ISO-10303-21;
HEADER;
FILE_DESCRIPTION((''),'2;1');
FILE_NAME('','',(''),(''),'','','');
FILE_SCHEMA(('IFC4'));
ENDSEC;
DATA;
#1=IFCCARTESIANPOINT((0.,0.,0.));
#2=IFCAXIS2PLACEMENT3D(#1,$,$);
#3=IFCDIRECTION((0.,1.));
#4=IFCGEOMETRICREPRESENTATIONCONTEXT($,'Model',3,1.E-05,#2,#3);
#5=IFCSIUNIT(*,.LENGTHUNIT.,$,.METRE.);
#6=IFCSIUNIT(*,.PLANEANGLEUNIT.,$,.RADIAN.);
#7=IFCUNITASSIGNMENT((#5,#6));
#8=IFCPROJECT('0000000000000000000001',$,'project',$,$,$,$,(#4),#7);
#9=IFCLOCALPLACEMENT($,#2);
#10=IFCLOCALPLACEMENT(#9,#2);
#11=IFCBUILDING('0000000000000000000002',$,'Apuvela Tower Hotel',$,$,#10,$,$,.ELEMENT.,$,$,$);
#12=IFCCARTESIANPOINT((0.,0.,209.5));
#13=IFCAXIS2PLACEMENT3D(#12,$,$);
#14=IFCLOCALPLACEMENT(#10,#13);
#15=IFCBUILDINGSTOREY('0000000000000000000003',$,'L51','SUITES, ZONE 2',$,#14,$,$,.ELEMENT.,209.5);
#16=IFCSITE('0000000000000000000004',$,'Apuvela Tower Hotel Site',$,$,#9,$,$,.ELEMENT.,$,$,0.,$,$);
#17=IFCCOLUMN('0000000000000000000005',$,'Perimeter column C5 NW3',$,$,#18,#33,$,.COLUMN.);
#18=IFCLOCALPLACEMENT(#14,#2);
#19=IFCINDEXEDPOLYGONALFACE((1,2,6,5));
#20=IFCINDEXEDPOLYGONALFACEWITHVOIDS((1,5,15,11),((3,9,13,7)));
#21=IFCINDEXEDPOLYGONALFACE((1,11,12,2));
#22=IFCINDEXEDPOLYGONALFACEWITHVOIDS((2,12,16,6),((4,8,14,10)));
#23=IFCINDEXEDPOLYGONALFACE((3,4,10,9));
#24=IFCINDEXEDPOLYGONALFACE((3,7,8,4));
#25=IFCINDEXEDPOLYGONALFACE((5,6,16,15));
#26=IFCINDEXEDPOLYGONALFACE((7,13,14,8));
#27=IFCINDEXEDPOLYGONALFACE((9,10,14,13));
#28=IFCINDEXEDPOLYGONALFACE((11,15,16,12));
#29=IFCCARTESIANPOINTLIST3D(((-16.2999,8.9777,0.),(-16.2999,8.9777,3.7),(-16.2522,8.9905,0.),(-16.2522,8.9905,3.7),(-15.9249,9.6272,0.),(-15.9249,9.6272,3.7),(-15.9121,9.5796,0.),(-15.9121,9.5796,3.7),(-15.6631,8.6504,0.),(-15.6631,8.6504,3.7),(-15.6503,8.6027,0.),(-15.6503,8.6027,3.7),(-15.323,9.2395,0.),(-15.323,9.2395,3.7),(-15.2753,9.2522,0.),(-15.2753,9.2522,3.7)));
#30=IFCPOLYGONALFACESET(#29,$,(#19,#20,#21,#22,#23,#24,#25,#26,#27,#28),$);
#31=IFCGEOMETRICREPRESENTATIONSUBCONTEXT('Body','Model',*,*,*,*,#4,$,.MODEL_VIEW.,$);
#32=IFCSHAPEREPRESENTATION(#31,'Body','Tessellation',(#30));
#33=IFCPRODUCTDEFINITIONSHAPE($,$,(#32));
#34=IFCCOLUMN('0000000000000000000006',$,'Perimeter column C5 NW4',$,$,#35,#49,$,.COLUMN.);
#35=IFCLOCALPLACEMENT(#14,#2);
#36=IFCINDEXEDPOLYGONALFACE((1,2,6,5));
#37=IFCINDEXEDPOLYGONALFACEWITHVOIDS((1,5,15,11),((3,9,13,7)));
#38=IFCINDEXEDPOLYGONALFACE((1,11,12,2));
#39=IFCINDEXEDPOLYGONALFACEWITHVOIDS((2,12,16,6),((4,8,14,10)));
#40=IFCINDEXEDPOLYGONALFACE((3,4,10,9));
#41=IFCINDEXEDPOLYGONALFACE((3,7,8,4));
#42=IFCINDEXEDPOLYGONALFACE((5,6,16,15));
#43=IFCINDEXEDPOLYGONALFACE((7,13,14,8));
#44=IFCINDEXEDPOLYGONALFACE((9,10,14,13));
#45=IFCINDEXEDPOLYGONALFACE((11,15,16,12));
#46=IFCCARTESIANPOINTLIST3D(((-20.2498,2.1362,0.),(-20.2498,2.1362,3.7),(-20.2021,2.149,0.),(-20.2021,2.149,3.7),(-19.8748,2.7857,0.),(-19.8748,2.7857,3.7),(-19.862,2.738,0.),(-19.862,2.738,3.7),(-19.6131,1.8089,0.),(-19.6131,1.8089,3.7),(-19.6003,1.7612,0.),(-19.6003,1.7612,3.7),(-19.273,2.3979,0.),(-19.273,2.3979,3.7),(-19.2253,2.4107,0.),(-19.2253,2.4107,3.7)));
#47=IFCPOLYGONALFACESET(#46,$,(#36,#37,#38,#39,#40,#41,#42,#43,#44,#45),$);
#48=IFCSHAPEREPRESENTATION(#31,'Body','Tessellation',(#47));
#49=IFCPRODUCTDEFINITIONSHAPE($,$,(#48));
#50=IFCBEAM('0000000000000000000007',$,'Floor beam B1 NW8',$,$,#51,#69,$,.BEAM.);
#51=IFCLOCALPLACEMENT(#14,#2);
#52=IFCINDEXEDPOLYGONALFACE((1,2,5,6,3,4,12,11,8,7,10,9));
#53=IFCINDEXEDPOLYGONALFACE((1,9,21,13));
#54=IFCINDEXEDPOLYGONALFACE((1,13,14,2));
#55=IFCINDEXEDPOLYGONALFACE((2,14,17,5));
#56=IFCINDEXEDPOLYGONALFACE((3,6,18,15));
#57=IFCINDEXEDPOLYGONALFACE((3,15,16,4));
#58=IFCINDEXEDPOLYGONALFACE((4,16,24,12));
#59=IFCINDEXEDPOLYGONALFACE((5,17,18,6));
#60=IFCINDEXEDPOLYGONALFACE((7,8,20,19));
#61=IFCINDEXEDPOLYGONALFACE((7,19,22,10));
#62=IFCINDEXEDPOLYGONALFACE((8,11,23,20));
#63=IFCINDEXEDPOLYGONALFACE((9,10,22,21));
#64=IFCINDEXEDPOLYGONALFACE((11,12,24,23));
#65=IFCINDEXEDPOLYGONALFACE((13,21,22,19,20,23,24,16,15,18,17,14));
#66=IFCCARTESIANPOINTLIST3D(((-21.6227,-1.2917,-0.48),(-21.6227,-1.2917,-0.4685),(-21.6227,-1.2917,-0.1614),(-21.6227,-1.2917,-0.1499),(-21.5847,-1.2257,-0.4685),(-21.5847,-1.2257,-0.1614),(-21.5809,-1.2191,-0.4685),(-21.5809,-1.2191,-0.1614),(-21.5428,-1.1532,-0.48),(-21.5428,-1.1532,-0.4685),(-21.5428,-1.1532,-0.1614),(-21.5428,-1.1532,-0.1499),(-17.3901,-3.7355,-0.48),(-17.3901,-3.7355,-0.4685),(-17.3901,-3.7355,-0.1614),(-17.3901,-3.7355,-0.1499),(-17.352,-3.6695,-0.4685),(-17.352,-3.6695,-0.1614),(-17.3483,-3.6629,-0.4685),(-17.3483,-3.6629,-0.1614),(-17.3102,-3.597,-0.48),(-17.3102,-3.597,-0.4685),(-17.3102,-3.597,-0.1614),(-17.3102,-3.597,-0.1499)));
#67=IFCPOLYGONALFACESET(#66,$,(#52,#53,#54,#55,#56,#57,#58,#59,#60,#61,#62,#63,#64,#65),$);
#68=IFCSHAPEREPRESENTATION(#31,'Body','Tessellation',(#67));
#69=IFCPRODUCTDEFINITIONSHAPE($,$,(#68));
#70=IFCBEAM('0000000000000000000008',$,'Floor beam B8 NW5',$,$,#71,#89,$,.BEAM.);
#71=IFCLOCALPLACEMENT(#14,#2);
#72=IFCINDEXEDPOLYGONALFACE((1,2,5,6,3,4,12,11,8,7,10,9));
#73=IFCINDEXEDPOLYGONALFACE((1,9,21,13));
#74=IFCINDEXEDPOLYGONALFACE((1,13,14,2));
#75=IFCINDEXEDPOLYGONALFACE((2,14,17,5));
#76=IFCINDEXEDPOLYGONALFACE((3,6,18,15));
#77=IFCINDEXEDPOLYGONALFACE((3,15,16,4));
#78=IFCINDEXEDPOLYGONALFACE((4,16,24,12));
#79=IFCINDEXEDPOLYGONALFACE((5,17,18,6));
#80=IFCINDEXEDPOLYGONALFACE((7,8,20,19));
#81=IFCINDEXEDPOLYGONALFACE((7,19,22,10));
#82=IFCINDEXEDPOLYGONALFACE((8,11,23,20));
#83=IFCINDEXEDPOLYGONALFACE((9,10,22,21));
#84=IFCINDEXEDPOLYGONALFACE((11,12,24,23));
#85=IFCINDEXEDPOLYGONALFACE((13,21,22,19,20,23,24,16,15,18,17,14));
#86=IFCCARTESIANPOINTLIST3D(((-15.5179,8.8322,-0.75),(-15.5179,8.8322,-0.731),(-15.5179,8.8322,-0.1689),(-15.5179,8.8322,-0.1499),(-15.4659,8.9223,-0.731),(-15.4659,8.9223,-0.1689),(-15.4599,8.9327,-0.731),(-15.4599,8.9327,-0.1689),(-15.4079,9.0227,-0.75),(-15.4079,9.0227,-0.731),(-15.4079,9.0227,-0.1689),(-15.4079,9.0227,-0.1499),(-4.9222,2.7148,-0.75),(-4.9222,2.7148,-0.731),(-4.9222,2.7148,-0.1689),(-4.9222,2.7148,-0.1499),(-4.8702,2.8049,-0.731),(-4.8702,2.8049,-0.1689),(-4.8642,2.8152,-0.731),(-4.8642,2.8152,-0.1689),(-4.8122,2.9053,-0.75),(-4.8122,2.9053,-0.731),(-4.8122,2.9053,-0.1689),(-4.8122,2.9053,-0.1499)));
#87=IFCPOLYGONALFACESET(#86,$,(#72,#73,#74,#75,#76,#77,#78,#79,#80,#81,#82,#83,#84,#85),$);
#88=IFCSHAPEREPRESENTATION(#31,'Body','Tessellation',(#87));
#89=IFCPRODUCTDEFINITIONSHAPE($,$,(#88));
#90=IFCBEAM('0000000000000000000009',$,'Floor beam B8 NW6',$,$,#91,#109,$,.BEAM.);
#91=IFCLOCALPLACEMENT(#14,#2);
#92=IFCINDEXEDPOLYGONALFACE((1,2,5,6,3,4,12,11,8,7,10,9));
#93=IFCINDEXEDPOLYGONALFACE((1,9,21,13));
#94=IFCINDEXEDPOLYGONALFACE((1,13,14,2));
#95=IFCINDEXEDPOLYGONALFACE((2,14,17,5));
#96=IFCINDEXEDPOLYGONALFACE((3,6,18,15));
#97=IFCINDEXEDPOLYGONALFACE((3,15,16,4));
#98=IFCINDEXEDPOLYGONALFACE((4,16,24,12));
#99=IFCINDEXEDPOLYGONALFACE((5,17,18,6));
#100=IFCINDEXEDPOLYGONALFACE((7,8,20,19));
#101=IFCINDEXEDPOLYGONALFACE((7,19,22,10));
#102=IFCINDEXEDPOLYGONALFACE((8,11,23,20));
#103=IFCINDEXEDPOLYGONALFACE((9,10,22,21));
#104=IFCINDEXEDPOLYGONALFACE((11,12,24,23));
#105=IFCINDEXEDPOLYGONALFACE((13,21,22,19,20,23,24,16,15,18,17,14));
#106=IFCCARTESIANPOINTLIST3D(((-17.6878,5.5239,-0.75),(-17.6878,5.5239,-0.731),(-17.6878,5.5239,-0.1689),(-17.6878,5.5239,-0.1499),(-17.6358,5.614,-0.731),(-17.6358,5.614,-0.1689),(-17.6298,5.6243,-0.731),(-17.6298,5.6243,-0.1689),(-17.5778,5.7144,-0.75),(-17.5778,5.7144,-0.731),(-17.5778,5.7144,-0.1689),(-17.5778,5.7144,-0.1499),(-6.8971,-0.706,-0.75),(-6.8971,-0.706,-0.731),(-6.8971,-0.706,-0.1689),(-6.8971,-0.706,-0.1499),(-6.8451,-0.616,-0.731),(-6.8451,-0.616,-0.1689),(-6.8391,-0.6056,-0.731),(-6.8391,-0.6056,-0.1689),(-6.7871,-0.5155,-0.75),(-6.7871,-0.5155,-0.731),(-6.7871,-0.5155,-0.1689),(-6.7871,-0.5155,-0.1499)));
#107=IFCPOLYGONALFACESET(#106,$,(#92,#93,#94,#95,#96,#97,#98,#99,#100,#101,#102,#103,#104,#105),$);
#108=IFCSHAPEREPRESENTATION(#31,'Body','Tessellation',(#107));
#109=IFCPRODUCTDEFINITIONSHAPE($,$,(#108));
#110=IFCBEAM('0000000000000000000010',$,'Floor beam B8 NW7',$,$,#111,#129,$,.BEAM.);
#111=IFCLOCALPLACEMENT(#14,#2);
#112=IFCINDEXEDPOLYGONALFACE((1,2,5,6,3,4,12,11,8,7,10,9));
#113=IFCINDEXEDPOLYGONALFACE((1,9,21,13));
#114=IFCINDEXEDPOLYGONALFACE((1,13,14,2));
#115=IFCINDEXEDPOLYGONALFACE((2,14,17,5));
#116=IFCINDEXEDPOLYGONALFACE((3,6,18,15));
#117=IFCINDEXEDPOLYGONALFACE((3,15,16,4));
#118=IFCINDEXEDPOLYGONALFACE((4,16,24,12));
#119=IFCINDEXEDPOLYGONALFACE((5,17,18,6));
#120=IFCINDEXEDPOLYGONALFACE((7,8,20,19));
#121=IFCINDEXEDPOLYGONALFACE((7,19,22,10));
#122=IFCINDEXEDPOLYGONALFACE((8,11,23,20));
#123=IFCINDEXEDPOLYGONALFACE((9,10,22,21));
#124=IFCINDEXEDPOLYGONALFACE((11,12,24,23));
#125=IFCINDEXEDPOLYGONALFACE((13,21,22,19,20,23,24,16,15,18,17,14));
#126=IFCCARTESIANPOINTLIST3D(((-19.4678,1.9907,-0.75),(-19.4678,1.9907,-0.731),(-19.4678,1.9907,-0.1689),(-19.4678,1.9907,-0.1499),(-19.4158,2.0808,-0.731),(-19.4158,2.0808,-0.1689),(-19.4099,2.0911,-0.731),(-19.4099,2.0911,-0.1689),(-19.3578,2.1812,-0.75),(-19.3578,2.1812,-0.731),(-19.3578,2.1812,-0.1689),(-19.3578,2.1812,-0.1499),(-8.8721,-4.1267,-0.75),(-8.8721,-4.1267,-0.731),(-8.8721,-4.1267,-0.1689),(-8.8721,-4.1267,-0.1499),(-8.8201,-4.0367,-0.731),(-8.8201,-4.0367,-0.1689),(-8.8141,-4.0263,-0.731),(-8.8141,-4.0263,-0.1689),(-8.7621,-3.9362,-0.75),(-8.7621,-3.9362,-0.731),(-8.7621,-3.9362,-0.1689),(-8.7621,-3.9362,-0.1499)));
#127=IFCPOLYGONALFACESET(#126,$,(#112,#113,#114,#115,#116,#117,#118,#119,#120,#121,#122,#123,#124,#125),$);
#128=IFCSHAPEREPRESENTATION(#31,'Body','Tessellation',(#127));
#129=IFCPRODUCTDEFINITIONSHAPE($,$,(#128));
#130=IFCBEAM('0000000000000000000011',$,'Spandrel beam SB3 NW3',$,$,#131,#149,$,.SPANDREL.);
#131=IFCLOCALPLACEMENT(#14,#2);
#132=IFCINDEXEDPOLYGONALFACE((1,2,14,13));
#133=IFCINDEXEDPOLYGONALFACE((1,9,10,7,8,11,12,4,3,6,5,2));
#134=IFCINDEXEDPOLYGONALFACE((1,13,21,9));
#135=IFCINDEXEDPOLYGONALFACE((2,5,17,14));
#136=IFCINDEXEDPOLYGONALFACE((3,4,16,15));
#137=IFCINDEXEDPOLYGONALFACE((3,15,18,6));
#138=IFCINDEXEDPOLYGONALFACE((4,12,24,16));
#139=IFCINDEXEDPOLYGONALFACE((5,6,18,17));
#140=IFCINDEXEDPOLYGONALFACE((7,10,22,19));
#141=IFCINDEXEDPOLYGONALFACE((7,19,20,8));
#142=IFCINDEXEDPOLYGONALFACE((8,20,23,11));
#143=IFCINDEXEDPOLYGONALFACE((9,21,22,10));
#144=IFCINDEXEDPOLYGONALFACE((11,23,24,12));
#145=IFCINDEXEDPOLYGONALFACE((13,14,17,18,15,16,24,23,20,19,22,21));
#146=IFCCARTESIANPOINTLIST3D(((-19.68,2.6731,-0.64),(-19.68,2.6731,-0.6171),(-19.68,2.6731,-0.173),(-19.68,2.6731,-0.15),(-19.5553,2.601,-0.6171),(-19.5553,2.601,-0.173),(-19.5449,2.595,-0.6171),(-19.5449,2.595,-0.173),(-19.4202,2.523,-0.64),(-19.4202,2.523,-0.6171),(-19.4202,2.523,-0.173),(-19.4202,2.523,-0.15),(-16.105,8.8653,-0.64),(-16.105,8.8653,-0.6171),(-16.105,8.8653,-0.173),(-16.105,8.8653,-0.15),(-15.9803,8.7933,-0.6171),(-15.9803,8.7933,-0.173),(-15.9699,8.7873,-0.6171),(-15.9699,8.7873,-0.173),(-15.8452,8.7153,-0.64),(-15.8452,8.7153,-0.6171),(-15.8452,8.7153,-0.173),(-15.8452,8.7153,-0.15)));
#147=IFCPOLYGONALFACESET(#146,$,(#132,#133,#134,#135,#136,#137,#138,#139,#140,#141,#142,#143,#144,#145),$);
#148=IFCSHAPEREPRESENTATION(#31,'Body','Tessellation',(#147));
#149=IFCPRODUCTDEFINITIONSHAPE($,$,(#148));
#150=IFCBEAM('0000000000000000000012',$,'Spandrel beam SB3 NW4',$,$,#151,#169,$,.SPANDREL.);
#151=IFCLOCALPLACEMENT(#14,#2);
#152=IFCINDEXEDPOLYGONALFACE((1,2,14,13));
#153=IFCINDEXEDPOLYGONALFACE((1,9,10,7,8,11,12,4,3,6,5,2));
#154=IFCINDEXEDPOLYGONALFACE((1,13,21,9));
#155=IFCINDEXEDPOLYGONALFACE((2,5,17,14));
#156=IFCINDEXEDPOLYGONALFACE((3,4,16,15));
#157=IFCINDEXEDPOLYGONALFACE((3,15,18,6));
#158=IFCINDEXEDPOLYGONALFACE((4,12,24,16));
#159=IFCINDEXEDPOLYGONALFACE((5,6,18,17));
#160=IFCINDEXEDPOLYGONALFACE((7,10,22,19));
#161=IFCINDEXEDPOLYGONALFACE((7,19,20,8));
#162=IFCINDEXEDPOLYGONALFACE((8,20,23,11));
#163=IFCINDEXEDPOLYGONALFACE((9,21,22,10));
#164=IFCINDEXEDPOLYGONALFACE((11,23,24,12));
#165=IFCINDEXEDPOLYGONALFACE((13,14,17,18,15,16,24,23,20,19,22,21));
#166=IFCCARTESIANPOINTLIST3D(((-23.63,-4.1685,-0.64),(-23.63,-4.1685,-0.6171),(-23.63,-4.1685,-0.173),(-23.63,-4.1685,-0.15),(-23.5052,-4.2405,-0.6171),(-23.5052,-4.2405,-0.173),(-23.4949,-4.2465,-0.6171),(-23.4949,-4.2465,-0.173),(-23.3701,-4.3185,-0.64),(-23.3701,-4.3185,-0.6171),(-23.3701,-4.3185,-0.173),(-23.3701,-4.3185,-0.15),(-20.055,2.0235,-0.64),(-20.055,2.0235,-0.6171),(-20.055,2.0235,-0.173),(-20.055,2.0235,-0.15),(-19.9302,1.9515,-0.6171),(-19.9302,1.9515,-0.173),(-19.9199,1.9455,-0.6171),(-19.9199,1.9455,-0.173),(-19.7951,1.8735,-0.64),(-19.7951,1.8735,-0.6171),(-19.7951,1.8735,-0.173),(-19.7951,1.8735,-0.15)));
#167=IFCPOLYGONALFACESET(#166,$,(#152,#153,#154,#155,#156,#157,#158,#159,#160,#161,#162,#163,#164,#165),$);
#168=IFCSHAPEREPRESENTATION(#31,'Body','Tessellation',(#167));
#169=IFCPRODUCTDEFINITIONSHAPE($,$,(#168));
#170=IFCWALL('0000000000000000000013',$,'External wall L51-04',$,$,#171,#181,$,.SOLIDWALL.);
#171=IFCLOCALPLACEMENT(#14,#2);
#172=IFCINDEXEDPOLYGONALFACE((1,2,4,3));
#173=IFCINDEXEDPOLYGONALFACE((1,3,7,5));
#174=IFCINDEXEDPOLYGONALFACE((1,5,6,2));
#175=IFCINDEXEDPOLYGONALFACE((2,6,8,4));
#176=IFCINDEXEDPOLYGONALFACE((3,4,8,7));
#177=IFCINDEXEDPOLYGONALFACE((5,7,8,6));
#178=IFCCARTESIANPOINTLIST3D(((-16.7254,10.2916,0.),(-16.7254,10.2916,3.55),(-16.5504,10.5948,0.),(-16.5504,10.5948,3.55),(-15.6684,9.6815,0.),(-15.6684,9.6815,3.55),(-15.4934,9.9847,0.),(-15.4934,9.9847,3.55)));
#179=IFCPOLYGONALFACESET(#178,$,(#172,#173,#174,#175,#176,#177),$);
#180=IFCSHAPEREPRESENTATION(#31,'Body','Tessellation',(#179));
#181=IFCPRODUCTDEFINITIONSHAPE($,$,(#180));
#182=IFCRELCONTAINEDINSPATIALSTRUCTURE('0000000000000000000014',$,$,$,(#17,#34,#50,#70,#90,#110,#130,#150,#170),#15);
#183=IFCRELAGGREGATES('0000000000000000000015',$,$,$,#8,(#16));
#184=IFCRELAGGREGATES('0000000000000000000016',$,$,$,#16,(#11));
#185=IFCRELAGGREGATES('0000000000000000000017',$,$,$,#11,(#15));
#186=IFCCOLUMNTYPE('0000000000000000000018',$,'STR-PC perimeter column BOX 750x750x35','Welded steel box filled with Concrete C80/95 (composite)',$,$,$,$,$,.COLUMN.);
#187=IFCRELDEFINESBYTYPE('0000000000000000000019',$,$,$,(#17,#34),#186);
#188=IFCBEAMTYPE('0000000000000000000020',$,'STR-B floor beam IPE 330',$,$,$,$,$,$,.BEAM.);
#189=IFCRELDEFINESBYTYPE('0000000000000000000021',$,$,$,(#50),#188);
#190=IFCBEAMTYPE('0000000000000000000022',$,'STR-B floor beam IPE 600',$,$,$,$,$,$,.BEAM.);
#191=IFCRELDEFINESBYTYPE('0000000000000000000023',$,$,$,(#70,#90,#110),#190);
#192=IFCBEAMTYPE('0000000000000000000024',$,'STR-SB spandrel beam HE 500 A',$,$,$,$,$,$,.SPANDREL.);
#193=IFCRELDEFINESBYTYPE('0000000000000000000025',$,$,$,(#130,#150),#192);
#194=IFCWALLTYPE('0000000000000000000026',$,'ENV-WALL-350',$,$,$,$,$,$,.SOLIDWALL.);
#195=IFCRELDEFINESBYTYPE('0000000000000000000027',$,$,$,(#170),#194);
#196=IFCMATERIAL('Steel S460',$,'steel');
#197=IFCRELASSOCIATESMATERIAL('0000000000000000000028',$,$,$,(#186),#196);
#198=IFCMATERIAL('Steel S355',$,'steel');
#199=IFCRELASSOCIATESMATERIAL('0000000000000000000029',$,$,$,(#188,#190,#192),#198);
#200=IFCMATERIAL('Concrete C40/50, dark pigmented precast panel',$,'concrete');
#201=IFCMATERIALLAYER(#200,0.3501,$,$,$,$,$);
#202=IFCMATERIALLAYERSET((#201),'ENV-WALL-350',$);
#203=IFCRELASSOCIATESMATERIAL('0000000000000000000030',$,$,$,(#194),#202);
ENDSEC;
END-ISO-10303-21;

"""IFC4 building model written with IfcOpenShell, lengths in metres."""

from ifc_helpers import new_model, si_unit, direction, frame, frame_2d, origin, origin_2d, place, context, subcontext, project, spatial, rectangle, hollow_rectangle, i_section, extrude, material, layer, layer_set, material_profile, profile_set, type_object, element, save


model = new_model("IFC4")

# Units and contexts
model_context = context("Model", 3, precision=1e-05, world=origin(), true_north=direction((0.0, 1.0)))
body_context = subcontext(model_context, "Body", "Model", "MODEL_VIEW")
ifc_project = project(units=[si_unit("LENGTHUNIT", "METRE"), si_unit("PLANEANGLEUNIT", "RADIAN")], contexts=[model_context])

# Site, building, storey
site_placement = place(None, origin())
site = spatial("IfcSite", under=ifc_project, at=site_placement, Name="Apuvela Tower Hotel Site", CompositionType="ELEMENT", RefElevation=0.0)
building_placement = place(site_placement, origin())
building = spatial("IfcBuilding", under=site, at=building_placement, Name="Apuvela Tower Hotel", CompositionType="ELEMENT")
storey_placement = place(building_placement, frame((0.0, 0.0, 209.5)))
storey = spatial("IfcBuildingStorey", under=building, at=storey_placement, Name="L51", Description="SUITES, ZONE 2", CompositionType="ELEMENT", Elevation=209.5)

# Columns
ifc_material_1 = material(Name="Steel S460", Category="steel")
ifc_material_profile_1 = material_profile(ifc_material_1, hollow_rectangle(XDim=0.75, YDim=0.75, WallThickness=0.0349, at=origin_2d()), Name="BOX 750x750x35")
ifc_material_2 = material(Name="Concrete C80/95", Category="concrete")
ifc_material_profile_2 = material_profile(ifc_material_2, rectangle(XDim=0.6799, YDim=0.6799, at=origin_2d()), Name="Concrete C80/95 infill")
ifc_profile_set_1 = profile_set([ifc_material_profile_1, ifc_material_profile_2], Name="Steel S460")
column_type = type_object("IfcColumnType", Name="STR-PC perimeter column BOX 750x750x35", Description="Welded steel box filled with Concrete C80/95 (composite)", PredefinedType="COLUMN", material=ifc_profile_set_1)
for number, where, z_axis, x_axis, name in (
    (1, (-15.7876, 9.115, 0.0), (0.0, 0.0, 1.0), (0.5, 0.866025, 0.0), "Perimeter column C5 NW3"),
    (2, (-19.7375, 2.2734, 0.0), (0.0, 0.0, 1.0), (0.5, 0.866025, 0.0), "Perimeter column C5 NW4"),
):
    element("IfcColumn", number, at=place(storey_placement, frame(where, z_axis=z_axis, x_axis=x_axis)), inside=storey, type_object=column_type, Name=name, PredefinedType="COLUMN", context=body_context, shape_type="SweptSolid", body=[
        extrude(hollow_rectangle(XDim=0.75, YDim=0.75, WallThickness=0.0349, at=origin_2d()), origin(), (0.0, 0.0, 1.0), 3.7),
    ])

# Beams
ifc_material_3 = material(Name="Steel S355", Category="steel")
ifc_material_profile_3 = material_profile(ifc_material_3, i_section(OverallWidth=0.1599, OverallDepth=0.3301, WebThickness=0.0076, FlangeThickness=0.0115, at=origin_2d()), Name="IPE 330")
ifc_profile_set_2 = profile_set([ifc_material_profile_3], Name="Steel S355")
beam_type_1 = type_object("IfcBeamType", Name="STR-B floor beam IPE 330", PredefinedType="BEAM", material=ifc_profile_set_2)
beam_1_placement = place(storey_placement, frame((-21.5828, -1.2224, -0.3149), z_axis=(0.866015, -0.500018, 0.0), x_axis=(0.500018, 0.866015, 0.0)))
element("IfcBeam", 3, at=beam_1_placement, inside=storey, type_object=beam_type_1, Name="Floor beam B1 NW8", PredefinedType="BEAM", context=body_context, shape_type="SweptSolid", body=[
    extrude(i_section(OverallWidth=0.1599, OverallDepth=0.3301, WebThickness=0.0076, FlangeThickness=0.0115, at=origin_2d()), origin(), (0.0, 0.0, 1.0), 4.8875),
])
ifc_material_profile_4 = material_profile(ifc_material_3, i_section(OverallWidth=0.22, OverallDepth=0.6001, WebThickness=0.012, FlangeThickness=0.019, at=origin_2d()), Name="IPE 600")
ifc_profile_set_3 = profile_set([ifc_material_profile_4], Name="Steel S355")
beam_type_2 = type_object("IfcBeamType", Name="STR-B floor beam IPE 600", PredefinedType="BEAM", material=ifc_profile_set_3)
beam_2_placement = place(storey_placement, frame((-15.4629, 8.9275, -0.45), z_axis=(0.866025, -0.5, 0.0), x_axis=(0.5, 0.866025, 0.0)))
element("IfcBeam", 4, at=beam_2_placement, inside=storey, type_object=beam_type_2, Name="Floor beam B8 NW5", PredefinedType="BEAM", context=body_context, shape_type="SweptSolid", body=[
    extrude(i_section(OverallWidth=0.22, OverallDepth=0.6001, WebThickness=0.012, FlangeThickness=0.019, at=origin_2d()), origin(), (0.0, 0.0, 1.0), 12.2349),
])
beam_3_placement = place(storey_placement, frame((-17.6328, 5.6191, -0.45), z_axis=(0.866028, -0.499996, 0.0), x_axis=(0.499996, 0.866028, 0.0)))
element("IfcBeam", 5, at=beam_3_placement, inside=storey, type_object=beam_type_2, Name="Floor beam B8 NW6", PredefinedType="BEAM", context=body_context, shape_type="SweptSolid", body=[
    extrude(i_section(OverallWidth=0.22, OverallDepth=0.6001, WebThickness=0.012, FlangeThickness=0.019, at=origin_2d()), origin(), (0.0, 0.0, 1.0), 12.46),
])
beam_4_placement = place(storey_placement, frame((-19.4128, 2.0859, -0.45), z_axis=(0.866025, -0.5, 0.0), x_axis=(0.5, 0.866025, 0.0)))
element("IfcBeam", 6, at=beam_4_placement, inside=storey, type_object=beam_type_2, Name="Floor beam B8 NW7", PredefinedType="BEAM", context=body_context, shape_type="SweptSolid", body=[
    extrude(i_section(OverallWidth=0.22, OverallDepth=0.6001, WebThickness=0.012, FlangeThickness=0.019, at=origin_2d()), origin(), (0.0, 0.0, 1.0), 12.2349),
])
ifc_material_profile_5 = material_profile(ifc_material_3, i_section(OverallWidth=0.3, OverallDepth=0.49, WebThickness=0.012, FlangeThickness=0.0229, at=origin_2d()), Name="HE 500 A")
ifc_profile_set_4 = profile_set([ifc_material_profile_5], Name="Steel S355")
beam_type_3 = type_object("IfcBeamType", Name="STR-SB spandrel beam HE 500 A", PredefinedType="SPANDREL", material=ifc_profile_set_4)
beam_5_placement = place(storey_placement, frame((-15.9751, 8.7903, -0.395), z_axis=(-0.499991, -0.86603, 0.0), x_axis=(0.86603, -0.499991, 0.0)))
element("IfcBeam", 7, at=beam_5_placement, inside=storey, type_object=beam_type_3, Name="Spandrel beam SB3 NW3", PredefinedType="SPANDREL", context=body_context, shape_type="SweptSolid", body=[
    extrude(i_section(OverallWidth=0.3, OverallDepth=0.49, WebThickness=0.012, FlangeThickness=0.0229, at=origin_2d()), origin(), (0.0, 0.0, 1.0), 7.1501),
])
beam_6_placement = place(storey_placement, frame((-19.925, 1.9485, -0.395), z_axis=(-0.500006, -0.866022, 0.0), x_axis=(0.866022, -0.500006, 0.0)))
element("IfcBeam", 8, at=beam_6_placement, inside=storey, type_object=beam_type_3, Name="Spandrel beam SB3 NW4", PredefinedType="SPANDREL", context=body_context, shape_type="SweptSolid", body=[
    extrude(i_section(OverallWidth=0.3, OverallDepth=0.49, WebThickness=0.012, FlangeThickness=0.0229, at=origin_2d()), origin(), (0.0, 0.0, 1.0), 7.1499),
])

# Wall
ifc_material_4 = material(Name="Concrete C40/50, dark pigmented precast panel", Category="concrete")
ifc_layer_1 = layer(ifc_material_4, 0.3501)
ifc_layer_set_1 = layer_set([ifc_layer_1], Name="ENV-WALL-350")
wall_type_1 = type_object("IfcWallType", Name="ENV-WALL-350", PredefinedType="SOLIDWALL", material=ifc_layer_set_1)
wall_1_placement = place(storey_placement, frame((-15.5808, 9.833, 0.0), z_axis=(0.0, 0.0, 1.0), x_axis=(-0.866056, 0.499948, 0.0)))
element("IfcWall", 9, at=wall_1_placement, inside=storey, type_object=wall_type_1, Name="External wall L51-04", PredefinedType="SOLIDWALL", context=body_context, shape_type="SweptSolid", body=[
    extrude(rectangle(XDim=1.2205, YDim=0.3501, at=frame_2d((0.6104, 0.0))), origin(), (0.0, 0.0, 1.0), 3.55),
])

save(model, "model.ifc")
